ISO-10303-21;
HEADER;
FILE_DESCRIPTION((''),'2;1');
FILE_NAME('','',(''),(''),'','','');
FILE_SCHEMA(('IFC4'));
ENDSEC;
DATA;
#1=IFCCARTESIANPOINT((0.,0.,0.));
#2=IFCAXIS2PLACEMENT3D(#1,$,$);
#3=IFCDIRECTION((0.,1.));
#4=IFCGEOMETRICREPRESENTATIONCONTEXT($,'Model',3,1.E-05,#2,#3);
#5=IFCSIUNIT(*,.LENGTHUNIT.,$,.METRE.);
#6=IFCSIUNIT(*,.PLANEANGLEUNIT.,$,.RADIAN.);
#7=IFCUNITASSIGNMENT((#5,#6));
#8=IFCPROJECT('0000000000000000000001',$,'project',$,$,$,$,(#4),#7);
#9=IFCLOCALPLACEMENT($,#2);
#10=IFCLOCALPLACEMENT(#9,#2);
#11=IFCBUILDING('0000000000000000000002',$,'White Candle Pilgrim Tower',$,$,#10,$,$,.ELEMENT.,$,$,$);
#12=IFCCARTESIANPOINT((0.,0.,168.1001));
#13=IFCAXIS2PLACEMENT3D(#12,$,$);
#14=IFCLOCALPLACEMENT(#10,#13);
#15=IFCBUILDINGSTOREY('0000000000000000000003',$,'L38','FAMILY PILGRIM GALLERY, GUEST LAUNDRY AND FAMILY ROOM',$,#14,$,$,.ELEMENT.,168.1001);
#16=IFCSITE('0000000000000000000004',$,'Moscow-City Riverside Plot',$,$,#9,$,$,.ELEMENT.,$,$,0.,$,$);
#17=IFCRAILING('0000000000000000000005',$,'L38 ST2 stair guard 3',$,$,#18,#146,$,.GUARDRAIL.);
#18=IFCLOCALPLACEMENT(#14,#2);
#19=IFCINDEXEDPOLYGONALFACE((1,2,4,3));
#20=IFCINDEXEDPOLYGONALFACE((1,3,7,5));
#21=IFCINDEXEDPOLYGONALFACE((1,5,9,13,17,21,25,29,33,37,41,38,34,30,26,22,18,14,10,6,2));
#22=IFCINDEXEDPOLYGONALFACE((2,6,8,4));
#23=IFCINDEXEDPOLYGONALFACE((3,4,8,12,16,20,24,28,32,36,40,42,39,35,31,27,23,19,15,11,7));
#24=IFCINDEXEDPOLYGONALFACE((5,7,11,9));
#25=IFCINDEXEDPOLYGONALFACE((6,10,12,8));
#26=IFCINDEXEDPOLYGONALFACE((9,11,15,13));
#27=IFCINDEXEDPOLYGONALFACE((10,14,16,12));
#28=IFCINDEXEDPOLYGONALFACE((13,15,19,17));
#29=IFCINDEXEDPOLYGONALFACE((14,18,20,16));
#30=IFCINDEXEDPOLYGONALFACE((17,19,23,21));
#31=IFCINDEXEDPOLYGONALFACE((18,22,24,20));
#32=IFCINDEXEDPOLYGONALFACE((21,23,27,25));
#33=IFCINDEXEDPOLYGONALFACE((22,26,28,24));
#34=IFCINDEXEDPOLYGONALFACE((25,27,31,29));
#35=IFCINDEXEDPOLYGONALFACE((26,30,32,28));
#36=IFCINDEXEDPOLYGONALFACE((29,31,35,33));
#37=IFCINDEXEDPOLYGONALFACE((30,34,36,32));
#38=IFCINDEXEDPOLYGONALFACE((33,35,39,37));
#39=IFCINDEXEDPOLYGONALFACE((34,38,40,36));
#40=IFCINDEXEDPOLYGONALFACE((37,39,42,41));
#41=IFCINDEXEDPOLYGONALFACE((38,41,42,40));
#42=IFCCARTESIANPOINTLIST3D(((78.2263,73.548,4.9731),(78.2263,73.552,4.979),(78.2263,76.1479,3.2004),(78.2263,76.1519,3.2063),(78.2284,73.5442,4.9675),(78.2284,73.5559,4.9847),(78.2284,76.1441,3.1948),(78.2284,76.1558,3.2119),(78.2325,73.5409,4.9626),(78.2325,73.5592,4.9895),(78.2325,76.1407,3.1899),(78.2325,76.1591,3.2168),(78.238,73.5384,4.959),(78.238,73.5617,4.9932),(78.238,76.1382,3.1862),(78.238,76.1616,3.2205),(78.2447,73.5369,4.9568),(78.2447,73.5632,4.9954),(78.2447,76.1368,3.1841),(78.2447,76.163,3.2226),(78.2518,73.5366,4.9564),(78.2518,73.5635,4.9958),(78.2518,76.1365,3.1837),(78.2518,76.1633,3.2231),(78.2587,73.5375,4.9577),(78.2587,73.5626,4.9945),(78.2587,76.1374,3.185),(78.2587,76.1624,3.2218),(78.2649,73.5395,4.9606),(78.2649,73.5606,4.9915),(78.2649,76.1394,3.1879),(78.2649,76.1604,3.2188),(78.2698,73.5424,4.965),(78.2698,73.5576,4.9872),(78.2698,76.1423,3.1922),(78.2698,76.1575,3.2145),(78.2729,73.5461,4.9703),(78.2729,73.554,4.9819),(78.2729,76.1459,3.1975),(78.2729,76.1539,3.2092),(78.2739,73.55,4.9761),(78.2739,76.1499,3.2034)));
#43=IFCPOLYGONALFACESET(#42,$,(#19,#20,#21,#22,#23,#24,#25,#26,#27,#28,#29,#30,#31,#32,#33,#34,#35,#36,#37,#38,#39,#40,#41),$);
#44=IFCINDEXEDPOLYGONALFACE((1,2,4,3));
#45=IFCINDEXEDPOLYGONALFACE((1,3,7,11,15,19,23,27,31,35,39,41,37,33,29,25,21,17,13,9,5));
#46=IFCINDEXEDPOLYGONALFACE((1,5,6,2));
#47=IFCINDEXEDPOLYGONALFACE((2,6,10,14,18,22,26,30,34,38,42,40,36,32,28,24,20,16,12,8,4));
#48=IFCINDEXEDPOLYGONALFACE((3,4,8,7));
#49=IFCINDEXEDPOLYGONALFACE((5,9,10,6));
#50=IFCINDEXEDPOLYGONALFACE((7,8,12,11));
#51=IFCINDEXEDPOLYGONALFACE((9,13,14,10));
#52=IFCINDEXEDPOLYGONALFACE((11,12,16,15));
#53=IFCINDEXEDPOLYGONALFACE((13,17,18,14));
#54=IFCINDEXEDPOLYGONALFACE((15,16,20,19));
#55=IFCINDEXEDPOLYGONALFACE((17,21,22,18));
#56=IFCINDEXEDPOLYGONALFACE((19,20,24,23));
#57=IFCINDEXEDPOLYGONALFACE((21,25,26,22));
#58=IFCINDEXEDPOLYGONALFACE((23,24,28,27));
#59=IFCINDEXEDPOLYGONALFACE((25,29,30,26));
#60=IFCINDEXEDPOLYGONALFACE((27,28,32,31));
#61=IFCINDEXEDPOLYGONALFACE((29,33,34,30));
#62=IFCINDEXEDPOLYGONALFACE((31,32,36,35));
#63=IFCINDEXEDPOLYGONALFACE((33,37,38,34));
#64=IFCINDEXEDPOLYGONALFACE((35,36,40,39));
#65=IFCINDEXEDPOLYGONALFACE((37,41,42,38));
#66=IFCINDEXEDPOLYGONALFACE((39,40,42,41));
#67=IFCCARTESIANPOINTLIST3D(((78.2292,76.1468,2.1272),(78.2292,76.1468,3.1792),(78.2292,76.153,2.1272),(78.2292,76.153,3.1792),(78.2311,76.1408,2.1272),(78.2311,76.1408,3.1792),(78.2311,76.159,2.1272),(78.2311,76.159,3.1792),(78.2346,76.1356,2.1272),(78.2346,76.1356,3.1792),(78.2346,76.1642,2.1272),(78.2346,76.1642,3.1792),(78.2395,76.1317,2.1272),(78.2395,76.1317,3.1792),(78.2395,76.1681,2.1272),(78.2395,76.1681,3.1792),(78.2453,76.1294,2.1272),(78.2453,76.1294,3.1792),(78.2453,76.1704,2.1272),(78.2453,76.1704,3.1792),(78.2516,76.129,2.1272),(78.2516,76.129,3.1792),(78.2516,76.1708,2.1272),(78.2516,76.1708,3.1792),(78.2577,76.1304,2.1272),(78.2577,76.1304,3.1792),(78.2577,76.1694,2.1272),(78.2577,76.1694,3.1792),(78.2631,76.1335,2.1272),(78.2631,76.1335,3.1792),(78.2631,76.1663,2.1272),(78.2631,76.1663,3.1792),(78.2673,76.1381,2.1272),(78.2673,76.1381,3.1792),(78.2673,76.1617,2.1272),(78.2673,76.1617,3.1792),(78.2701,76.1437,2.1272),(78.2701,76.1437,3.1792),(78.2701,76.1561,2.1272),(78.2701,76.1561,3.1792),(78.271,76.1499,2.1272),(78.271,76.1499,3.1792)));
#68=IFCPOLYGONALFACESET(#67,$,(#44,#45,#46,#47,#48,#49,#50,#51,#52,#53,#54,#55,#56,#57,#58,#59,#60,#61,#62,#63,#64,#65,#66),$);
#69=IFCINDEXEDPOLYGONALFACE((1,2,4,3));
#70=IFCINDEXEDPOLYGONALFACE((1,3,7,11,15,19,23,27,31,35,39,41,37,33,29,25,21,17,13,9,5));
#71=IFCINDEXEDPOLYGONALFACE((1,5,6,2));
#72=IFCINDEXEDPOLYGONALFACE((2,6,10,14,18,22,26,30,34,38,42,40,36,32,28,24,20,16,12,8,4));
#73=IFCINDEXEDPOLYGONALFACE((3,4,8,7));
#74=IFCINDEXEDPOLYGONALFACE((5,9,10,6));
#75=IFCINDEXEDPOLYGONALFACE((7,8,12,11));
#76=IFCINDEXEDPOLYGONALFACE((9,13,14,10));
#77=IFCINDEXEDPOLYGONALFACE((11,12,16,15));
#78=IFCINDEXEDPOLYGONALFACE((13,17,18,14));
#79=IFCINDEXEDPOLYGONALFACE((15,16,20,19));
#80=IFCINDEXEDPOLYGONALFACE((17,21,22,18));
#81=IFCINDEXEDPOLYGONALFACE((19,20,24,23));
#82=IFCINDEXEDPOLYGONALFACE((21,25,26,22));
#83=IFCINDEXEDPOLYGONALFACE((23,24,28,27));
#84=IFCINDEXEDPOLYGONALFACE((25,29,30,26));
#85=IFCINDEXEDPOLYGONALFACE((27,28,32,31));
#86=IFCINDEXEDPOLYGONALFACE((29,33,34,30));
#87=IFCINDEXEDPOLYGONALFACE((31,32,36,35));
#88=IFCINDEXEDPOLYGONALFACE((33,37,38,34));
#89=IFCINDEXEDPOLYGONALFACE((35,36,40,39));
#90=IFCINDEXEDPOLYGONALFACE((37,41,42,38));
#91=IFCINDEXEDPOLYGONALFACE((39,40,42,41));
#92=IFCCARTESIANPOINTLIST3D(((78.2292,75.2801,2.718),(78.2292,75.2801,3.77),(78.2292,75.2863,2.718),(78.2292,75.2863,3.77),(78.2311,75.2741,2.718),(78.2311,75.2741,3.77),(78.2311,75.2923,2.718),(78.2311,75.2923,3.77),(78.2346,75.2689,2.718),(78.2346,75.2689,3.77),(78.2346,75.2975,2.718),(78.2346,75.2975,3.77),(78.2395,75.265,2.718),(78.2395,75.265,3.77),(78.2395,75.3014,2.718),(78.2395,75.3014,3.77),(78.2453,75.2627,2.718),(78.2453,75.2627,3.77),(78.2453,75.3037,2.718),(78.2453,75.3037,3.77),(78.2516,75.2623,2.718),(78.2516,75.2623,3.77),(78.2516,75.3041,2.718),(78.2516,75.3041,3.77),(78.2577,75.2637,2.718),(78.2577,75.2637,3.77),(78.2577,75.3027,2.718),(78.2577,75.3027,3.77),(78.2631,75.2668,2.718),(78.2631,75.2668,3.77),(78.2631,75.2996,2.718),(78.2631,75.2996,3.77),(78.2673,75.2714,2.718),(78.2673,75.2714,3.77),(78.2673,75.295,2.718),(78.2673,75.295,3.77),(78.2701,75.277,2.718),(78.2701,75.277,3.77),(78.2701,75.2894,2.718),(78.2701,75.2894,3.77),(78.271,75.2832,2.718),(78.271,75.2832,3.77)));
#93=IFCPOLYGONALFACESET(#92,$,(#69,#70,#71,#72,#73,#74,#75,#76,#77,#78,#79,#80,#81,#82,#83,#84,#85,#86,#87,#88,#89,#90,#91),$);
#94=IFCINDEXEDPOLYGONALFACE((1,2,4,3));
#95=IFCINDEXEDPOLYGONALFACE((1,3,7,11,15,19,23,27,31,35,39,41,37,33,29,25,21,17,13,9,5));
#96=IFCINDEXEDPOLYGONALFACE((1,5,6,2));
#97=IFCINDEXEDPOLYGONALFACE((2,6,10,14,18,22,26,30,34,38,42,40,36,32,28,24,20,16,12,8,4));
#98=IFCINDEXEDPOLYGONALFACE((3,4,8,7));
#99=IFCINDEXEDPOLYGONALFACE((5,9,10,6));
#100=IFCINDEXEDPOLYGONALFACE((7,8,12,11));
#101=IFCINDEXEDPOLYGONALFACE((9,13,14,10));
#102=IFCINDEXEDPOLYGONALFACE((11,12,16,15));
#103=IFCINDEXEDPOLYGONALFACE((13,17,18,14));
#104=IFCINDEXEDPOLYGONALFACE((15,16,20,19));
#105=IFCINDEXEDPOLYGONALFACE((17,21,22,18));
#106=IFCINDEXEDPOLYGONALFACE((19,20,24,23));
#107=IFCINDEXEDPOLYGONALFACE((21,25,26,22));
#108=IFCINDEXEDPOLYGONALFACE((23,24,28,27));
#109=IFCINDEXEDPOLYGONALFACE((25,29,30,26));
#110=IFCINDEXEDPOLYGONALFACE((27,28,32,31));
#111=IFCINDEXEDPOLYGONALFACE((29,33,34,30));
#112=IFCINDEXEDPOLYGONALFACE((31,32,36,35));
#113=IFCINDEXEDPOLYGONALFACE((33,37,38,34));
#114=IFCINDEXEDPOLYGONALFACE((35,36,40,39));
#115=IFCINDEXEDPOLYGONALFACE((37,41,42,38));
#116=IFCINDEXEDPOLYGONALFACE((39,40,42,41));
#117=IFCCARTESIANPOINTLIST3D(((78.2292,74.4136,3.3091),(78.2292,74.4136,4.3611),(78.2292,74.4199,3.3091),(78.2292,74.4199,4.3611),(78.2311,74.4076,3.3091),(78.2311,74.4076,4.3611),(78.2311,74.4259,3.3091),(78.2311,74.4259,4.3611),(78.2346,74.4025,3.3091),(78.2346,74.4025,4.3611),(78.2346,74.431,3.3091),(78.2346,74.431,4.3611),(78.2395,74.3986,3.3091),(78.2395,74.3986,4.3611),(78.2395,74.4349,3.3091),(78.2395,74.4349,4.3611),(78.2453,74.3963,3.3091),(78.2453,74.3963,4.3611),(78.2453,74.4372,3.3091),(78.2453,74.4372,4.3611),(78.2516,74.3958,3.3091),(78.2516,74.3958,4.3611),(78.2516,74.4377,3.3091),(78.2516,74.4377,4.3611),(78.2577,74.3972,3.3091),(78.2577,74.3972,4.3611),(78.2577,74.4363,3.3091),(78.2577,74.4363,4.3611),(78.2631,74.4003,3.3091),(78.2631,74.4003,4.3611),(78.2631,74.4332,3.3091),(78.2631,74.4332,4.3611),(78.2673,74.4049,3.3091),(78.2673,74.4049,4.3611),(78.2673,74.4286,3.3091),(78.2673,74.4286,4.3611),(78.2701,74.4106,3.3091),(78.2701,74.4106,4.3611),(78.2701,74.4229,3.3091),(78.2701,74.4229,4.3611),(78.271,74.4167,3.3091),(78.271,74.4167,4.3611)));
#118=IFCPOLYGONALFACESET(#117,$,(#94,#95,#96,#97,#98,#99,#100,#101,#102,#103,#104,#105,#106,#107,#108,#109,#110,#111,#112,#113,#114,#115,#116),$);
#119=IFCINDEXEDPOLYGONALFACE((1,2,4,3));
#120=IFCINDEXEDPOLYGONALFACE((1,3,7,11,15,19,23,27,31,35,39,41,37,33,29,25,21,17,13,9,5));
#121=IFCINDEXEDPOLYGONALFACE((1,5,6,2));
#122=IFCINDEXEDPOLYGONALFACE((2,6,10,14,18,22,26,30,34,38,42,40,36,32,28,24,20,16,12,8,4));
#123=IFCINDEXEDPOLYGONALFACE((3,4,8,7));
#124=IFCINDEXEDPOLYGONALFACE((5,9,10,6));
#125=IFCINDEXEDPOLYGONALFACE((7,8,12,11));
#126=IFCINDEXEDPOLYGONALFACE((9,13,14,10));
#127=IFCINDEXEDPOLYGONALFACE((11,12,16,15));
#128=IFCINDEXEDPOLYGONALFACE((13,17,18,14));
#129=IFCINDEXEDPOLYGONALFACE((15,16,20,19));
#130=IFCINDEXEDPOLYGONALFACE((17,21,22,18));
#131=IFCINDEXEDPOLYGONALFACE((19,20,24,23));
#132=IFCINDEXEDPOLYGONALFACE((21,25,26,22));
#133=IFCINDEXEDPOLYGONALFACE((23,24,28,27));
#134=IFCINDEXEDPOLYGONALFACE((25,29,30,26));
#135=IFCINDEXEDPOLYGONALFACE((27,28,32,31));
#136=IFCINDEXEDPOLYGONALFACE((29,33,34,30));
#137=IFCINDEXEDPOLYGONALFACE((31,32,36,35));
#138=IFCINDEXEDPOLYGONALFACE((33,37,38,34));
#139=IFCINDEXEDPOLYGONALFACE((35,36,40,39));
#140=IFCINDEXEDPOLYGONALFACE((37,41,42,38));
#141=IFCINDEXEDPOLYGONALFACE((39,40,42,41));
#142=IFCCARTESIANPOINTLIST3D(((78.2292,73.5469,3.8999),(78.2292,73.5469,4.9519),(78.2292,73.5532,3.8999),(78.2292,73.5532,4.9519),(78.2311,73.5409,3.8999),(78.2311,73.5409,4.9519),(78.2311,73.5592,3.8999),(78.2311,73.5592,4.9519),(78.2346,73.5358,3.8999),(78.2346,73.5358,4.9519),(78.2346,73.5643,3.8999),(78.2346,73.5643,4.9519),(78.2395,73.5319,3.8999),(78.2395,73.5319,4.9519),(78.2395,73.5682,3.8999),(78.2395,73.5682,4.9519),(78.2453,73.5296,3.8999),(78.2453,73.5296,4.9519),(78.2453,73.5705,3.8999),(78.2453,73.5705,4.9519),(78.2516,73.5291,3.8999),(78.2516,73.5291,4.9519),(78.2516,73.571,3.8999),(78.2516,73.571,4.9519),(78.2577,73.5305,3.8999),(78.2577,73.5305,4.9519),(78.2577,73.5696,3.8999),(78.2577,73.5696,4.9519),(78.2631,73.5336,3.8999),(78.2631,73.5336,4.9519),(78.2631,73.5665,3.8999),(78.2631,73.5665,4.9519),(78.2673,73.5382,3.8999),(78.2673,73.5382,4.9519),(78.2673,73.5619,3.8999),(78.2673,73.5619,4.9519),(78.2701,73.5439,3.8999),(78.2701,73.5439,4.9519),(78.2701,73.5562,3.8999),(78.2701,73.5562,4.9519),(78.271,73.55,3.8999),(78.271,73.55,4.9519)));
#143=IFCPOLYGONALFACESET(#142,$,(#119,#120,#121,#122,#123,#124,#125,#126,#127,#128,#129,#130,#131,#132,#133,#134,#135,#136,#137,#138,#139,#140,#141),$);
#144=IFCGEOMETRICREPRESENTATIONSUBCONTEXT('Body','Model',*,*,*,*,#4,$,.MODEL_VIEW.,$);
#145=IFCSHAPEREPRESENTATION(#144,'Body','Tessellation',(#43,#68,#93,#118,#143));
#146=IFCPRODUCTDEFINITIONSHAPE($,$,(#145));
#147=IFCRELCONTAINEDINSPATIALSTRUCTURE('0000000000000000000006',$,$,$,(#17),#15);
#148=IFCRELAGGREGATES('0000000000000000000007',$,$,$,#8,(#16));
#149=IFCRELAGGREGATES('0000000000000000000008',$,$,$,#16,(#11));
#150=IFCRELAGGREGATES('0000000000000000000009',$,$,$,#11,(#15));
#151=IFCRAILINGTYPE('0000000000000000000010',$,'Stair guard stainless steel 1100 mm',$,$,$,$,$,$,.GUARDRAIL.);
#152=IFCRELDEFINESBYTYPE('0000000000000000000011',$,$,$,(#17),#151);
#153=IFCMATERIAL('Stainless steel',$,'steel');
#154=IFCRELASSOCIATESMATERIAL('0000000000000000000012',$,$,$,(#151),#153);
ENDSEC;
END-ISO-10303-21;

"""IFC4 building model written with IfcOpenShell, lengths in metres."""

from ifc_helpers import new_model, si_unit, direction, frame, origin, origin_2d, place, context, subcontext, project, spatial, circle, extrude, material, type_object, element, save


model = new_model("IFC4")

# Units and contexts
model_context = context("Model", 3, precision=1e-05, world=origin(), true_north=direction((0.0, 1.0)))
body_context = subcontext(model_context, "Body", "Model", "MODEL_VIEW")
ifc_project = project(units=[si_unit("LENGTHUNIT", "METRE"), si_unit("PLANEANGLEUNIT", "RADIAN")], contexts=[model_context])

# Site, building, storey
site_placement = place(None, origin())
site = spatial("IfcSite", under=ifc_project, at=site_placement, Name="Moscow-City Riverside Plot", CompositionType="ELEMENT", RefElevation=0.0)
building_placement = place(site_placement, origin())
building = spatial("IfcBuilding", under=site, at=building_placement, Name="White Candle Pilgrim Tower", CompositionType="ELEMENT")
storey_placement = place(building_placement, frame((0.0, 0.0, 168.1001)))
storey = spatial("IfcBuildingStorey", under=building, at=storey_placement, Name="L38", Description="FAMILY PILGRIM GALLERY, GUEST LAUNDRY AND FAMILY ROOM", CompositionType="ELEMENT", Elevation=168.1001)

# Railing
ifc_material_1 = material(Name="Stainless steel", Category="steel")
railing_type = type_object("IfcRailingType", Name="Stair guard stainless steel 1100 mm", PredefinedType="GUARDRAIL", material=ifc_material_1)
railing_1_placement = place(storey_placement, frame((78.25, 76.1499, 2.1272)))
element("IfcRailing", 1, at=railing_1_placement, inside=storey, type_object=railing_type, Name="L38 ST2 stair guard 3", PredefinedType="GUARDRAIL", context=body_context, shape_type="SweptSolid", body=[
    extrude(circle(Radius=0.0239, at=origin_2d()), frame((0.0, 0.0, 1.0762), z_axis=(0.0, -0.826216, 0.563354), x_axis=(1.0, 0.0, 0.0)), (0.0, 0.0, 1.0), 3.1467),
    extrude(circle(Radius=0.021, at=origin_2d()), origin(), (0.0, 0.0, 1.0), 1.052),
    extrude(circle(Radius=0.021, at=origin_2d()), frame((0.0, -0.8667, 0.5908)), (0.0, 0.0, 1.0), 1.052),
    extrude(circle(Radius=0.021, at=origin_2d()), frame((0.0, -1.7332, 1.1819)), (0.0, 0.0, 1.0), 1.052),
    extrude(circle(Radius=0.021, at=origin_2d()), frame((0.0, -2.5999, 1.7727)), (0.0, 0.0, 1.0), 1.052),
])

save(model, "model.ifc")
